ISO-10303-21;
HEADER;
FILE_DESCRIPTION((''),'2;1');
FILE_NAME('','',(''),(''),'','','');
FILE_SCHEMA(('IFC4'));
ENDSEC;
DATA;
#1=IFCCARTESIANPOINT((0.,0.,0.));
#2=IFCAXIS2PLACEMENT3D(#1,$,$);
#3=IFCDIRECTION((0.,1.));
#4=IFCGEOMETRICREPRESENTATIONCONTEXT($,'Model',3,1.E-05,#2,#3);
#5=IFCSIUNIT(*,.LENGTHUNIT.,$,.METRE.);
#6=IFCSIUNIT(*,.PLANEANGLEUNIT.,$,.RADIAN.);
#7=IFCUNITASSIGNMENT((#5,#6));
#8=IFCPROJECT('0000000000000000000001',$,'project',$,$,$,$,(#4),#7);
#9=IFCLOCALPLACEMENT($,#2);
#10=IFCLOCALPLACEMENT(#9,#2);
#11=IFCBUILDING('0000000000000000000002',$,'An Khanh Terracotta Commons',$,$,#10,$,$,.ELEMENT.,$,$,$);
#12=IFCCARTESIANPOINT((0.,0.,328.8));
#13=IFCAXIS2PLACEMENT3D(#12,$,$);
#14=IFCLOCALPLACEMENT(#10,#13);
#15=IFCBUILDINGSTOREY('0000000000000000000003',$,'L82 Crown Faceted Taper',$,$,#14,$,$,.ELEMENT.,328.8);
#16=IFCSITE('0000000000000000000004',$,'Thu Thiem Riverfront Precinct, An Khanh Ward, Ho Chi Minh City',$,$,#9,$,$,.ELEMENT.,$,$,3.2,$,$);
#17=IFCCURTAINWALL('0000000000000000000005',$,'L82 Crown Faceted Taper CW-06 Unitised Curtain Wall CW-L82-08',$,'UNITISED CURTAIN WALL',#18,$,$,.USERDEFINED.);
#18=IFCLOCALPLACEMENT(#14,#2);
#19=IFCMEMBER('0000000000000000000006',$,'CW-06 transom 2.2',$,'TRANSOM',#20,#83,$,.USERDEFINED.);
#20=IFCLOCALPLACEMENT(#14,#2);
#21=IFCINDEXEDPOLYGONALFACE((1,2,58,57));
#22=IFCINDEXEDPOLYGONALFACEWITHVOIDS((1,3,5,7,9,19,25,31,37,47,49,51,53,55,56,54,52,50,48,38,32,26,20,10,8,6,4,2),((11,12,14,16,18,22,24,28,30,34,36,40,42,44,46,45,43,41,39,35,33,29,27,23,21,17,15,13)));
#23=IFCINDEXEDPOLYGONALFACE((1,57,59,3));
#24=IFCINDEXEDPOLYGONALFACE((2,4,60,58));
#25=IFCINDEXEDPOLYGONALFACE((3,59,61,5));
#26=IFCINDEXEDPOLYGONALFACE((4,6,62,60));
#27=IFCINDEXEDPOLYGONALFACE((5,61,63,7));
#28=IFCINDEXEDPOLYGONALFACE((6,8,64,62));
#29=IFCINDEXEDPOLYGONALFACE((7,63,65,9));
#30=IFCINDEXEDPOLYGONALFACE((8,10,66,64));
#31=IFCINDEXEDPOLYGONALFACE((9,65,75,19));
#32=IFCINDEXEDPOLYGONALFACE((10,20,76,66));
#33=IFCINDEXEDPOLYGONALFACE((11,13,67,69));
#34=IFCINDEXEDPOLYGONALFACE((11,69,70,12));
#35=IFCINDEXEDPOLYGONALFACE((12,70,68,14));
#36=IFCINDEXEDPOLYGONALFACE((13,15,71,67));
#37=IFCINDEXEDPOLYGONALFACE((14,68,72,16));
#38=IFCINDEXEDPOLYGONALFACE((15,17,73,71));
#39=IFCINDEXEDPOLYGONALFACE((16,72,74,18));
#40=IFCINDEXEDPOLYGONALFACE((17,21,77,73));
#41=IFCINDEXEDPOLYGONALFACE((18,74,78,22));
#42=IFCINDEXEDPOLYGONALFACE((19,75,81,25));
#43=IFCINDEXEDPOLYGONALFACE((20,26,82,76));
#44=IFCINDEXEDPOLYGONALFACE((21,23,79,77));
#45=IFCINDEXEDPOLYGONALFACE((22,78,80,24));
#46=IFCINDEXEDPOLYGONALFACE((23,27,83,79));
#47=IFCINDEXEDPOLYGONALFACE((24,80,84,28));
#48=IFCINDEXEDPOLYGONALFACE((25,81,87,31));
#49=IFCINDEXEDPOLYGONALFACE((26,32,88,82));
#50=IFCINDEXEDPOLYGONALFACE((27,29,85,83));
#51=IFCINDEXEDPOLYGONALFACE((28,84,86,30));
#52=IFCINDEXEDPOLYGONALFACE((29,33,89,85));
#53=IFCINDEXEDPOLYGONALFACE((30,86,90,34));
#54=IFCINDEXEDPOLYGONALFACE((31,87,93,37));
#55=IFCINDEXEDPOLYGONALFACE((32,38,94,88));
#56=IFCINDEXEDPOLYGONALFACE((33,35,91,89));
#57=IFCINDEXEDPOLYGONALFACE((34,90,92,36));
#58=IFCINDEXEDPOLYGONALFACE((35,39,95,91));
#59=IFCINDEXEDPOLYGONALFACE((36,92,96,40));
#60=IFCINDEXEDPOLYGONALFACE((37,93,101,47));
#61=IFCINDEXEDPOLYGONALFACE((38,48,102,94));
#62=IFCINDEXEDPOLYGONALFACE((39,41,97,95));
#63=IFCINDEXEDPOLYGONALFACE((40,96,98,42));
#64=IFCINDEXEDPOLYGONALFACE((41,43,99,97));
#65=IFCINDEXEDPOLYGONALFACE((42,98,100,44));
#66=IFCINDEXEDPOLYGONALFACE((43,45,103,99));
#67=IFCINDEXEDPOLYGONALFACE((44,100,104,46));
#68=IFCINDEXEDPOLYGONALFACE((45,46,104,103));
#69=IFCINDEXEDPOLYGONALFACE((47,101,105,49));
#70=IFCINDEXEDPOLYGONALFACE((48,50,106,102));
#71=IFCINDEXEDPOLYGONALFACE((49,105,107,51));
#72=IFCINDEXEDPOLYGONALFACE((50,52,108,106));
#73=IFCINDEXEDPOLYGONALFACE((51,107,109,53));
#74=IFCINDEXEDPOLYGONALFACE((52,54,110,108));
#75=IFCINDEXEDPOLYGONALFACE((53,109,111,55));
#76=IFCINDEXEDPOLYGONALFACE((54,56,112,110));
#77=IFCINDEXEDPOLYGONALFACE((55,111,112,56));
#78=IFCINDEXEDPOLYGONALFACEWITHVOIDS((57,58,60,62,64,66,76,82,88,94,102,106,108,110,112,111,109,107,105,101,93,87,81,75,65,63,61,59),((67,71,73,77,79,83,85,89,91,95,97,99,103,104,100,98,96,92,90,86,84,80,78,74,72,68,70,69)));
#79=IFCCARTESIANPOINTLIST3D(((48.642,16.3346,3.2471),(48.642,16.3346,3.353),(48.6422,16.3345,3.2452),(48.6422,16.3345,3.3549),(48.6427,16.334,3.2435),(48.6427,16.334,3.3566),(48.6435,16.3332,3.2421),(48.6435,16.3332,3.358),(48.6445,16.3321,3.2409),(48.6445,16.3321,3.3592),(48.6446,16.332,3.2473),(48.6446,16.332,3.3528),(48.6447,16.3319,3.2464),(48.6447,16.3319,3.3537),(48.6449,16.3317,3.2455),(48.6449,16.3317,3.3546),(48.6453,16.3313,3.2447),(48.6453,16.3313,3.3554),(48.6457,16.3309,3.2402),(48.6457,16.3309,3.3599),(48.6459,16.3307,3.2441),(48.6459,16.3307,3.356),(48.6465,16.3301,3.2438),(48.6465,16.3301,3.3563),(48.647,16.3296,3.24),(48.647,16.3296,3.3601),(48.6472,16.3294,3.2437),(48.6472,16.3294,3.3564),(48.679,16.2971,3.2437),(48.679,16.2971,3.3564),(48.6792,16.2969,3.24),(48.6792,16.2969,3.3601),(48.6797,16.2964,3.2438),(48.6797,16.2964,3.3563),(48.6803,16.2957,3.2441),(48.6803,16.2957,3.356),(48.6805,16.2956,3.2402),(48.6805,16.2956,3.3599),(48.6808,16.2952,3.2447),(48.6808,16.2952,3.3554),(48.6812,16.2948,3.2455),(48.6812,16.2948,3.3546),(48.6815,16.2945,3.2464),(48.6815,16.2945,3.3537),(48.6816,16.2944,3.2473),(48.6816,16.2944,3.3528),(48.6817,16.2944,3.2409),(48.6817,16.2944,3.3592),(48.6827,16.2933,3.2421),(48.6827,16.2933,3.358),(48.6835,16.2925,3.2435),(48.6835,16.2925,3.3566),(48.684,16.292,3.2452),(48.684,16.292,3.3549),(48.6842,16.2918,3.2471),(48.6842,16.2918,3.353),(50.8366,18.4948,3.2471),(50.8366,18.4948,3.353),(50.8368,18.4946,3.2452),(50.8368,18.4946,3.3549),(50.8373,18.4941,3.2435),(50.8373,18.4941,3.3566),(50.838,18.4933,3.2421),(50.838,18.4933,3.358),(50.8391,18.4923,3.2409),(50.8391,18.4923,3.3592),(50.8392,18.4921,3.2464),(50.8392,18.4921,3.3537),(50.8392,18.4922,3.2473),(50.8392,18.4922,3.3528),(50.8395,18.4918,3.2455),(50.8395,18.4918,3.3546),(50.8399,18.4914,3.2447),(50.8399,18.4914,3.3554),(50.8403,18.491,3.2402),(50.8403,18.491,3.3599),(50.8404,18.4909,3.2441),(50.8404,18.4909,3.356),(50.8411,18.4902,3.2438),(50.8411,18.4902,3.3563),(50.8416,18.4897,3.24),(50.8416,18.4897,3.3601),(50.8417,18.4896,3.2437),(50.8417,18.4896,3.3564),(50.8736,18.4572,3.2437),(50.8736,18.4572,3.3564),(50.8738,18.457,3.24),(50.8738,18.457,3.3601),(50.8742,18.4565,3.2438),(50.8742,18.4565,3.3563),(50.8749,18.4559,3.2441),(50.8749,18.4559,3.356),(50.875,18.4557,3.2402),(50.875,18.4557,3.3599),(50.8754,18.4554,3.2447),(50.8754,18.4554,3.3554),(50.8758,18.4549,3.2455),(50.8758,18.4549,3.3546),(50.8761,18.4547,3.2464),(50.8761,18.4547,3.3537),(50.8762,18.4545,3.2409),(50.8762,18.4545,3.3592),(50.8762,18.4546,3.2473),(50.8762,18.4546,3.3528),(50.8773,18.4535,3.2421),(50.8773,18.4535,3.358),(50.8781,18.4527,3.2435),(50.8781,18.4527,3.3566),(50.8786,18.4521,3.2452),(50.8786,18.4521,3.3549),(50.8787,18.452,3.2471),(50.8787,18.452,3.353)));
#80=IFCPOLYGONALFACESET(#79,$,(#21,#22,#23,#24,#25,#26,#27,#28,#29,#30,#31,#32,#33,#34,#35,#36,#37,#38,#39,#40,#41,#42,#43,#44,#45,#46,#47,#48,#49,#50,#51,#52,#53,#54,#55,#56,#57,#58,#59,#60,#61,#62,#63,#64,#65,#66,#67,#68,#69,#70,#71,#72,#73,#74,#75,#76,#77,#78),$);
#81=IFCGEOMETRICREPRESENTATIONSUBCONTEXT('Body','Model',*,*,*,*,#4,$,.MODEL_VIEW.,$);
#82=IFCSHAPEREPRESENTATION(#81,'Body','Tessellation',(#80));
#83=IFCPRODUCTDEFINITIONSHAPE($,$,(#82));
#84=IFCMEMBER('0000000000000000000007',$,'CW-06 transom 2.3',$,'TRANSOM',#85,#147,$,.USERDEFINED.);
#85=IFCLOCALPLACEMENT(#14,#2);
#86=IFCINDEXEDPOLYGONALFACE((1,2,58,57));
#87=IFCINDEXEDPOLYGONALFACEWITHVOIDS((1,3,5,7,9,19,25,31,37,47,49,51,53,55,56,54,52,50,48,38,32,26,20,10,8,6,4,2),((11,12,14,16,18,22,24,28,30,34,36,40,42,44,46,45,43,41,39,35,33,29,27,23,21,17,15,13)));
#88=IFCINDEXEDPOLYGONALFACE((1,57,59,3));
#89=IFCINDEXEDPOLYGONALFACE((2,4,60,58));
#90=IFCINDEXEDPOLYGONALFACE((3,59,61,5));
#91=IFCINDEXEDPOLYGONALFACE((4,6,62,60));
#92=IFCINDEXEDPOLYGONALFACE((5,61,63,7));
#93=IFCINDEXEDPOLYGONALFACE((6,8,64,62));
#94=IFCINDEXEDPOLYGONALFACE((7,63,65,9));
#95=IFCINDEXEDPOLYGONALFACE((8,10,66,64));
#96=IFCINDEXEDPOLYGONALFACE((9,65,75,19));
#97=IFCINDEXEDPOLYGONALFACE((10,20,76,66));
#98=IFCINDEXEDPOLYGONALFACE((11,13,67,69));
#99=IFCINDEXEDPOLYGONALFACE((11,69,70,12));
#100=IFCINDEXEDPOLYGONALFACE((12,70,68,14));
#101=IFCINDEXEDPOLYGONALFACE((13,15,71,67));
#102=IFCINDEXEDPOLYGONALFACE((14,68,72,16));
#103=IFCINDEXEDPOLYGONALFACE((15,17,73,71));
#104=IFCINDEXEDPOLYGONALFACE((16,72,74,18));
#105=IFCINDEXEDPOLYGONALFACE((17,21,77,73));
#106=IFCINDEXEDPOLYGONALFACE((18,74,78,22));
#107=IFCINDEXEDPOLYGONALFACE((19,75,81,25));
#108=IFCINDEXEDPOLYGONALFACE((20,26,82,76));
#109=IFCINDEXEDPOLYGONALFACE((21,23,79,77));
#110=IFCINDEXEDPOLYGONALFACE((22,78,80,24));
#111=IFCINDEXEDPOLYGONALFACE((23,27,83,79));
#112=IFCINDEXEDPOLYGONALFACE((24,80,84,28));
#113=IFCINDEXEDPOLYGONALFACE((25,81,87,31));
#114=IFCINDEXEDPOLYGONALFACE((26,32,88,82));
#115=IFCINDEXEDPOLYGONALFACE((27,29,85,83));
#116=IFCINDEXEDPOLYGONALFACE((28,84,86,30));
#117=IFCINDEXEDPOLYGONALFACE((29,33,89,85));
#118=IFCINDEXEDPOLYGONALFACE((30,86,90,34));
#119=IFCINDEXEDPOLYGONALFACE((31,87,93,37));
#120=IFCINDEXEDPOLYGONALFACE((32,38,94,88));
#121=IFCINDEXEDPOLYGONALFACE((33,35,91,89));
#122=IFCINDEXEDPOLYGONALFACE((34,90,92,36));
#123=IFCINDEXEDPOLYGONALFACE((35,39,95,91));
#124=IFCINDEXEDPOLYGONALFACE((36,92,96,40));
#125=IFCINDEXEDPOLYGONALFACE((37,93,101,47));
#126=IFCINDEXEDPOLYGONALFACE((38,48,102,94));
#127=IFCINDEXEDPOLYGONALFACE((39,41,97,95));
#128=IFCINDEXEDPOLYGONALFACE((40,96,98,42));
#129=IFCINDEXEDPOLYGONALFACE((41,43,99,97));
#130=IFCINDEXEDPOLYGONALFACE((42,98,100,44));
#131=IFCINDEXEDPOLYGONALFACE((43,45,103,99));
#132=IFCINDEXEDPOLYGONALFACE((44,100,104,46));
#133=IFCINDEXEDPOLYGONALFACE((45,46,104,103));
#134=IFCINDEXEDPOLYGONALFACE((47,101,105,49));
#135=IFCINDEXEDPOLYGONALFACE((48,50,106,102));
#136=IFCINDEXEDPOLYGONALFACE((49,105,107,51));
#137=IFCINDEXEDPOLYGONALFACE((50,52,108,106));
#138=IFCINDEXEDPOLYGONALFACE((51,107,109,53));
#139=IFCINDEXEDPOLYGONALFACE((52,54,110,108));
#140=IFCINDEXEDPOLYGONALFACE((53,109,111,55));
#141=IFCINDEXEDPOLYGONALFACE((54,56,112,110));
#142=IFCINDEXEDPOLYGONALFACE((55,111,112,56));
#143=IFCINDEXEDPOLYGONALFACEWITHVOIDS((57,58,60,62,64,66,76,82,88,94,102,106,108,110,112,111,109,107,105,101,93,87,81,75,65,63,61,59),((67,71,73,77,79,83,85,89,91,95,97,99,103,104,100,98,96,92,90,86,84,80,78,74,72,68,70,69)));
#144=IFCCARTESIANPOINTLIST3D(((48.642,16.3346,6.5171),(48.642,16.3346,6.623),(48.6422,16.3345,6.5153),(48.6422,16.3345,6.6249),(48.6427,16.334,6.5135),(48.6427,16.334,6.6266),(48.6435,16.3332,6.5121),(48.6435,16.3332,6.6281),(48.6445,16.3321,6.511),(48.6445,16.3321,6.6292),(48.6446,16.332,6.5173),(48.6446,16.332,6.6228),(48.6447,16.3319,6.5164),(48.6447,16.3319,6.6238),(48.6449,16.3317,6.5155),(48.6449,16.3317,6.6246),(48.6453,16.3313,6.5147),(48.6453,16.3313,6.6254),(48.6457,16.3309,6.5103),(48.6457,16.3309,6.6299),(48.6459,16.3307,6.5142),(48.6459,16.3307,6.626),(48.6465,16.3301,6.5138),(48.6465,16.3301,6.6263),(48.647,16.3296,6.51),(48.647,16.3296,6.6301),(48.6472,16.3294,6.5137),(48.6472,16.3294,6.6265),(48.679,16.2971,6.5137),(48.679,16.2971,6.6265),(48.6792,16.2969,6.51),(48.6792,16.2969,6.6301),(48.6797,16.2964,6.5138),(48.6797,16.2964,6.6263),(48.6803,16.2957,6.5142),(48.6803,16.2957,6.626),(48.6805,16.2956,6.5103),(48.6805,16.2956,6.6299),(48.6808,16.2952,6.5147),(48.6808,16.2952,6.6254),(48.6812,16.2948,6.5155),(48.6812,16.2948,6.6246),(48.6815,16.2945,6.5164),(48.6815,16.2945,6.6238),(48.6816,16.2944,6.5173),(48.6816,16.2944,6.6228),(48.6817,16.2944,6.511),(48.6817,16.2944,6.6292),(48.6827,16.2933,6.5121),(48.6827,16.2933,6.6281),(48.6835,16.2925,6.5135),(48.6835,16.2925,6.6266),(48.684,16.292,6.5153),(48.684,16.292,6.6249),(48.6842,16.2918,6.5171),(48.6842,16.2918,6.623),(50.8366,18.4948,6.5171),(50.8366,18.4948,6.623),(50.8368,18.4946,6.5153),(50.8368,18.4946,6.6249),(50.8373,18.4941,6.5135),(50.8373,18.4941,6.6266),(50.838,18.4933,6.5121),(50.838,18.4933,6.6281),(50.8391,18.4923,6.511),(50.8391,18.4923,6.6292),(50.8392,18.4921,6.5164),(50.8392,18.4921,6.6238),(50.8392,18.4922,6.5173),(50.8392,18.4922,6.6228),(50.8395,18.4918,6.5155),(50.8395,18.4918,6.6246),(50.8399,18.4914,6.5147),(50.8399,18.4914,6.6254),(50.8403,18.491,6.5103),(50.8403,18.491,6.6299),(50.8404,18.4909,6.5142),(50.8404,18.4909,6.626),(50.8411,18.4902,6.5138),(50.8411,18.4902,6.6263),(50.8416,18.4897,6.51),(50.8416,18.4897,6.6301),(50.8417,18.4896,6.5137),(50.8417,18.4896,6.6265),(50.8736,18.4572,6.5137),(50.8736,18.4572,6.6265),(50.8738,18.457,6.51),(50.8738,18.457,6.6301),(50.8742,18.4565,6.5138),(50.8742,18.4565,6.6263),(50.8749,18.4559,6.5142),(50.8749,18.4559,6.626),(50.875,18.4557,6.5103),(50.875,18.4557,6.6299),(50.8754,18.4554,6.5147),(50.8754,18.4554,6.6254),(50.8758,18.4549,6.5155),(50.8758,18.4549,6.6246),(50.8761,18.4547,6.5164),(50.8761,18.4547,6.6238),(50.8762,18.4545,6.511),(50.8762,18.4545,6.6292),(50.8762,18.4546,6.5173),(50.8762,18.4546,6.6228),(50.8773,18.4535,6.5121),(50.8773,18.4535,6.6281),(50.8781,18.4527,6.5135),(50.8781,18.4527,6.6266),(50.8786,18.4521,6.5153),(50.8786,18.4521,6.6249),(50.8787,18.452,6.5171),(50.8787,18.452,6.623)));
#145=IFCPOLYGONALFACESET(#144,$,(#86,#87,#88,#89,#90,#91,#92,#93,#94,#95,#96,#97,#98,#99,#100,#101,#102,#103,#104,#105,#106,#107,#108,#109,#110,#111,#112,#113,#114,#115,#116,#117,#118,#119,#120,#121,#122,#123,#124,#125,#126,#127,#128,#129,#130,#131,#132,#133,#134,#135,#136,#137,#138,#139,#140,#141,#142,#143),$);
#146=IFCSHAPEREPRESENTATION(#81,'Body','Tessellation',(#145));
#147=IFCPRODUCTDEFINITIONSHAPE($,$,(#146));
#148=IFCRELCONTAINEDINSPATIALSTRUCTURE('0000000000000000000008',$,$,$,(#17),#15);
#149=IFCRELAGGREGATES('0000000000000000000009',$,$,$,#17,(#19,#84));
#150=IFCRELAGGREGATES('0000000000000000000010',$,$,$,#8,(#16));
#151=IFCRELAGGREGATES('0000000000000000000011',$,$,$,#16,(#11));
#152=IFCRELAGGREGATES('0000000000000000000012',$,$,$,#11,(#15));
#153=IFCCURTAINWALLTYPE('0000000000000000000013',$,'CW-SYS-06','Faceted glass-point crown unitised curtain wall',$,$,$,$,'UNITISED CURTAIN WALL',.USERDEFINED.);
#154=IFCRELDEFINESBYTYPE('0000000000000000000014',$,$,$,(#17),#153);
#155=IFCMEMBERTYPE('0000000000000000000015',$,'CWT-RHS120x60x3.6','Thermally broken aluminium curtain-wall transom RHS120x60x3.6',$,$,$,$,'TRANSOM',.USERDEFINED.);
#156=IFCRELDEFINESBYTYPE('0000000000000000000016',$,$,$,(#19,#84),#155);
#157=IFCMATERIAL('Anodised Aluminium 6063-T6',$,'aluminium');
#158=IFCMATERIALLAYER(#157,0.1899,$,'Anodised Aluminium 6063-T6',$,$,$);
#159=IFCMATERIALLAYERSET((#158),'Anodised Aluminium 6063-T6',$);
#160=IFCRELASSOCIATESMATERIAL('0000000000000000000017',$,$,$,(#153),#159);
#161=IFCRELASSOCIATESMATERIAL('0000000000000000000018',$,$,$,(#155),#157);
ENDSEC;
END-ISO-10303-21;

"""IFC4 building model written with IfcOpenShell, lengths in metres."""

from ifc_helpers import new_model, si_unit, direction, frame, origin, origin_2d, place, context, subcontext, project, spatial, hollow_rectangle, extrude, material, layer, layer_set, material_profile, profile_set, type_object, element, aggregate, save


model = new_model("IFC4")

# Units and contexts
model_context = context("Model", 3, precision=1e-05, world=origin(), true_north=direction((0.0, 1.0)))
body_context = subcontext(model_context, "Body", "Model", "MODEL_VIEW")
ifc_project = project(units=[si_unit("LENGTHUNIT", "METRE"), si_unit("PLANEANGLEUNIT", "RADIAN")], contexts=[model_context])

# Site, building, storey
site_placement = place(None, origin())
site = spatial("IfcSite", under=ifc_project, at=site_placement, Name="Thu Thiem Riverfront Precinct, An Khanh Ward, Ho Chi Minh City", CompositionType="ELEMENT", RefElevation=3.2)
building_placement = place(site_placement, origin())
building = spatial("IfcBuilding", under=site, at=building_placement, Name="An Khanh Terracotta Commons", CompositionType="ELEMENT")
storey_placement = place(building_placement, frame((0.0, 0.0, 328.8)))
storey = spatial("IfcBuildingStorey", under=building, at=storey_placement, Name="L82 Crown Faceted Taper", CompositionType="ELEMENT", Elevation=328.8)

# Shared definitions
ifc_material_1 = material(Name="Anodised Aluminium 6063-T6", Category="aluminium")
ifc_layer_1 = layer(ifc_material_1, 0.1899, Name="Anodised Aluminium 6063-T6")
ifc_layer_set_1 = layer_set([ifc_layer_1], Name="Anodised Aluminium 6063-T6")
curtain_wall_type = type_object("IfcCurtainWallType", Name="CW-SYS-06", Description="Faceted glass-point crown unitised curtain wall", ElementType="UNITISED CURTAIN WALL", PredefinedType="USERDEFINED", material=ifc_layer_set_1)

# Curtain wall
curtain_wall_1_placement = place(storey_placement, origin())
curtain_wall_1 = element("IfcCurtainWall", 1, at=curtain_wall_1_placement, inside=storey, type_object=curtain_wall_type, Name="L82 Crown Faceted Taper CW-06 Unitised Curtain Wall CW-L82-08", ObjectType="UNITISED CURTAIN WALL", PredefinedType="USERDEFINED")

# Members
ifc_material_profile_1 = material_profile(ifc_material_1, hollow_rectangle(XDim=0.0601, YDim=0.1201, WallThickness=0.0037, InnerFilletRadius=0.0037, OuterFilletRadius=0.0071, at=origin_2d()), Name="RHS120x60x3.6")
ifc_profile_set_1 = profile_set([ifc_material_profile_1], Name="Anodised Aluminium 6063-T6")
member_type_1 = type_object("IfcMemberType", Name="CWT-RHS120x60x3.6", Description="Thermally broken aluminium curtain-wall transom RHS120x60x3.6", ElementType="TRANSOM", PredefinedType="USERDEFINED", material=ifc_profile_set_1)
member_1_placement = place(storey_placement, frame((48.6631, 16.3132, 3.3), z_axis=(0.712674, 0.701495, 0.0), x_axis=(-0.701495, 0.712674, 0.0)))
member_1 = element("IfcMember", 2, at=member_1_placement, type_object=member_type_1, Name="CW-06 transom 2.2", ObjectType="TRANSOM", PredefinedType="USERDEFINED", context=body_context, shape_type="SweptSolid", body=[
    extrude(hollow_rectangle(XDim=0.0601, YDim=0.1201, WallThickness=0.0037, InnerFilletRadius=0.0037, OuterFilletRadius=0.0071, at=origin_2d()), origin(), (0.0, 0.0, 1.0), 3.0793),
])
member_2_placement = place(storey_placement, frame((48.6631, 16.3132, 6.5701), z_axis=(0.712674, 0.701495, 0.0), x_axis=(-0.701495, 0.712674, 0.0)))
member_2 = element("IfcMember", 3, at=member_2_placement, type_object=member_type_1, Name="CW-06 transom 2.3", ObjectType="TRANSOM", PredefinedType="USERDEFINED", context=body_context, shape_type="SweptSolid", body=[
    extrude(hollow_rectangle(XDim=0.0601, YDim=0.1201, WallThickness=0.0037, InnerFilletRadius=0.0037, OuterFilletRadius=0.0071, at=origin_2d()), origin(), (0.0, 0.0, 1.0), 3.0793),
])

aggregate(curtain_wall_1, [member_1, member_2])

save(model, "model.ifc")
